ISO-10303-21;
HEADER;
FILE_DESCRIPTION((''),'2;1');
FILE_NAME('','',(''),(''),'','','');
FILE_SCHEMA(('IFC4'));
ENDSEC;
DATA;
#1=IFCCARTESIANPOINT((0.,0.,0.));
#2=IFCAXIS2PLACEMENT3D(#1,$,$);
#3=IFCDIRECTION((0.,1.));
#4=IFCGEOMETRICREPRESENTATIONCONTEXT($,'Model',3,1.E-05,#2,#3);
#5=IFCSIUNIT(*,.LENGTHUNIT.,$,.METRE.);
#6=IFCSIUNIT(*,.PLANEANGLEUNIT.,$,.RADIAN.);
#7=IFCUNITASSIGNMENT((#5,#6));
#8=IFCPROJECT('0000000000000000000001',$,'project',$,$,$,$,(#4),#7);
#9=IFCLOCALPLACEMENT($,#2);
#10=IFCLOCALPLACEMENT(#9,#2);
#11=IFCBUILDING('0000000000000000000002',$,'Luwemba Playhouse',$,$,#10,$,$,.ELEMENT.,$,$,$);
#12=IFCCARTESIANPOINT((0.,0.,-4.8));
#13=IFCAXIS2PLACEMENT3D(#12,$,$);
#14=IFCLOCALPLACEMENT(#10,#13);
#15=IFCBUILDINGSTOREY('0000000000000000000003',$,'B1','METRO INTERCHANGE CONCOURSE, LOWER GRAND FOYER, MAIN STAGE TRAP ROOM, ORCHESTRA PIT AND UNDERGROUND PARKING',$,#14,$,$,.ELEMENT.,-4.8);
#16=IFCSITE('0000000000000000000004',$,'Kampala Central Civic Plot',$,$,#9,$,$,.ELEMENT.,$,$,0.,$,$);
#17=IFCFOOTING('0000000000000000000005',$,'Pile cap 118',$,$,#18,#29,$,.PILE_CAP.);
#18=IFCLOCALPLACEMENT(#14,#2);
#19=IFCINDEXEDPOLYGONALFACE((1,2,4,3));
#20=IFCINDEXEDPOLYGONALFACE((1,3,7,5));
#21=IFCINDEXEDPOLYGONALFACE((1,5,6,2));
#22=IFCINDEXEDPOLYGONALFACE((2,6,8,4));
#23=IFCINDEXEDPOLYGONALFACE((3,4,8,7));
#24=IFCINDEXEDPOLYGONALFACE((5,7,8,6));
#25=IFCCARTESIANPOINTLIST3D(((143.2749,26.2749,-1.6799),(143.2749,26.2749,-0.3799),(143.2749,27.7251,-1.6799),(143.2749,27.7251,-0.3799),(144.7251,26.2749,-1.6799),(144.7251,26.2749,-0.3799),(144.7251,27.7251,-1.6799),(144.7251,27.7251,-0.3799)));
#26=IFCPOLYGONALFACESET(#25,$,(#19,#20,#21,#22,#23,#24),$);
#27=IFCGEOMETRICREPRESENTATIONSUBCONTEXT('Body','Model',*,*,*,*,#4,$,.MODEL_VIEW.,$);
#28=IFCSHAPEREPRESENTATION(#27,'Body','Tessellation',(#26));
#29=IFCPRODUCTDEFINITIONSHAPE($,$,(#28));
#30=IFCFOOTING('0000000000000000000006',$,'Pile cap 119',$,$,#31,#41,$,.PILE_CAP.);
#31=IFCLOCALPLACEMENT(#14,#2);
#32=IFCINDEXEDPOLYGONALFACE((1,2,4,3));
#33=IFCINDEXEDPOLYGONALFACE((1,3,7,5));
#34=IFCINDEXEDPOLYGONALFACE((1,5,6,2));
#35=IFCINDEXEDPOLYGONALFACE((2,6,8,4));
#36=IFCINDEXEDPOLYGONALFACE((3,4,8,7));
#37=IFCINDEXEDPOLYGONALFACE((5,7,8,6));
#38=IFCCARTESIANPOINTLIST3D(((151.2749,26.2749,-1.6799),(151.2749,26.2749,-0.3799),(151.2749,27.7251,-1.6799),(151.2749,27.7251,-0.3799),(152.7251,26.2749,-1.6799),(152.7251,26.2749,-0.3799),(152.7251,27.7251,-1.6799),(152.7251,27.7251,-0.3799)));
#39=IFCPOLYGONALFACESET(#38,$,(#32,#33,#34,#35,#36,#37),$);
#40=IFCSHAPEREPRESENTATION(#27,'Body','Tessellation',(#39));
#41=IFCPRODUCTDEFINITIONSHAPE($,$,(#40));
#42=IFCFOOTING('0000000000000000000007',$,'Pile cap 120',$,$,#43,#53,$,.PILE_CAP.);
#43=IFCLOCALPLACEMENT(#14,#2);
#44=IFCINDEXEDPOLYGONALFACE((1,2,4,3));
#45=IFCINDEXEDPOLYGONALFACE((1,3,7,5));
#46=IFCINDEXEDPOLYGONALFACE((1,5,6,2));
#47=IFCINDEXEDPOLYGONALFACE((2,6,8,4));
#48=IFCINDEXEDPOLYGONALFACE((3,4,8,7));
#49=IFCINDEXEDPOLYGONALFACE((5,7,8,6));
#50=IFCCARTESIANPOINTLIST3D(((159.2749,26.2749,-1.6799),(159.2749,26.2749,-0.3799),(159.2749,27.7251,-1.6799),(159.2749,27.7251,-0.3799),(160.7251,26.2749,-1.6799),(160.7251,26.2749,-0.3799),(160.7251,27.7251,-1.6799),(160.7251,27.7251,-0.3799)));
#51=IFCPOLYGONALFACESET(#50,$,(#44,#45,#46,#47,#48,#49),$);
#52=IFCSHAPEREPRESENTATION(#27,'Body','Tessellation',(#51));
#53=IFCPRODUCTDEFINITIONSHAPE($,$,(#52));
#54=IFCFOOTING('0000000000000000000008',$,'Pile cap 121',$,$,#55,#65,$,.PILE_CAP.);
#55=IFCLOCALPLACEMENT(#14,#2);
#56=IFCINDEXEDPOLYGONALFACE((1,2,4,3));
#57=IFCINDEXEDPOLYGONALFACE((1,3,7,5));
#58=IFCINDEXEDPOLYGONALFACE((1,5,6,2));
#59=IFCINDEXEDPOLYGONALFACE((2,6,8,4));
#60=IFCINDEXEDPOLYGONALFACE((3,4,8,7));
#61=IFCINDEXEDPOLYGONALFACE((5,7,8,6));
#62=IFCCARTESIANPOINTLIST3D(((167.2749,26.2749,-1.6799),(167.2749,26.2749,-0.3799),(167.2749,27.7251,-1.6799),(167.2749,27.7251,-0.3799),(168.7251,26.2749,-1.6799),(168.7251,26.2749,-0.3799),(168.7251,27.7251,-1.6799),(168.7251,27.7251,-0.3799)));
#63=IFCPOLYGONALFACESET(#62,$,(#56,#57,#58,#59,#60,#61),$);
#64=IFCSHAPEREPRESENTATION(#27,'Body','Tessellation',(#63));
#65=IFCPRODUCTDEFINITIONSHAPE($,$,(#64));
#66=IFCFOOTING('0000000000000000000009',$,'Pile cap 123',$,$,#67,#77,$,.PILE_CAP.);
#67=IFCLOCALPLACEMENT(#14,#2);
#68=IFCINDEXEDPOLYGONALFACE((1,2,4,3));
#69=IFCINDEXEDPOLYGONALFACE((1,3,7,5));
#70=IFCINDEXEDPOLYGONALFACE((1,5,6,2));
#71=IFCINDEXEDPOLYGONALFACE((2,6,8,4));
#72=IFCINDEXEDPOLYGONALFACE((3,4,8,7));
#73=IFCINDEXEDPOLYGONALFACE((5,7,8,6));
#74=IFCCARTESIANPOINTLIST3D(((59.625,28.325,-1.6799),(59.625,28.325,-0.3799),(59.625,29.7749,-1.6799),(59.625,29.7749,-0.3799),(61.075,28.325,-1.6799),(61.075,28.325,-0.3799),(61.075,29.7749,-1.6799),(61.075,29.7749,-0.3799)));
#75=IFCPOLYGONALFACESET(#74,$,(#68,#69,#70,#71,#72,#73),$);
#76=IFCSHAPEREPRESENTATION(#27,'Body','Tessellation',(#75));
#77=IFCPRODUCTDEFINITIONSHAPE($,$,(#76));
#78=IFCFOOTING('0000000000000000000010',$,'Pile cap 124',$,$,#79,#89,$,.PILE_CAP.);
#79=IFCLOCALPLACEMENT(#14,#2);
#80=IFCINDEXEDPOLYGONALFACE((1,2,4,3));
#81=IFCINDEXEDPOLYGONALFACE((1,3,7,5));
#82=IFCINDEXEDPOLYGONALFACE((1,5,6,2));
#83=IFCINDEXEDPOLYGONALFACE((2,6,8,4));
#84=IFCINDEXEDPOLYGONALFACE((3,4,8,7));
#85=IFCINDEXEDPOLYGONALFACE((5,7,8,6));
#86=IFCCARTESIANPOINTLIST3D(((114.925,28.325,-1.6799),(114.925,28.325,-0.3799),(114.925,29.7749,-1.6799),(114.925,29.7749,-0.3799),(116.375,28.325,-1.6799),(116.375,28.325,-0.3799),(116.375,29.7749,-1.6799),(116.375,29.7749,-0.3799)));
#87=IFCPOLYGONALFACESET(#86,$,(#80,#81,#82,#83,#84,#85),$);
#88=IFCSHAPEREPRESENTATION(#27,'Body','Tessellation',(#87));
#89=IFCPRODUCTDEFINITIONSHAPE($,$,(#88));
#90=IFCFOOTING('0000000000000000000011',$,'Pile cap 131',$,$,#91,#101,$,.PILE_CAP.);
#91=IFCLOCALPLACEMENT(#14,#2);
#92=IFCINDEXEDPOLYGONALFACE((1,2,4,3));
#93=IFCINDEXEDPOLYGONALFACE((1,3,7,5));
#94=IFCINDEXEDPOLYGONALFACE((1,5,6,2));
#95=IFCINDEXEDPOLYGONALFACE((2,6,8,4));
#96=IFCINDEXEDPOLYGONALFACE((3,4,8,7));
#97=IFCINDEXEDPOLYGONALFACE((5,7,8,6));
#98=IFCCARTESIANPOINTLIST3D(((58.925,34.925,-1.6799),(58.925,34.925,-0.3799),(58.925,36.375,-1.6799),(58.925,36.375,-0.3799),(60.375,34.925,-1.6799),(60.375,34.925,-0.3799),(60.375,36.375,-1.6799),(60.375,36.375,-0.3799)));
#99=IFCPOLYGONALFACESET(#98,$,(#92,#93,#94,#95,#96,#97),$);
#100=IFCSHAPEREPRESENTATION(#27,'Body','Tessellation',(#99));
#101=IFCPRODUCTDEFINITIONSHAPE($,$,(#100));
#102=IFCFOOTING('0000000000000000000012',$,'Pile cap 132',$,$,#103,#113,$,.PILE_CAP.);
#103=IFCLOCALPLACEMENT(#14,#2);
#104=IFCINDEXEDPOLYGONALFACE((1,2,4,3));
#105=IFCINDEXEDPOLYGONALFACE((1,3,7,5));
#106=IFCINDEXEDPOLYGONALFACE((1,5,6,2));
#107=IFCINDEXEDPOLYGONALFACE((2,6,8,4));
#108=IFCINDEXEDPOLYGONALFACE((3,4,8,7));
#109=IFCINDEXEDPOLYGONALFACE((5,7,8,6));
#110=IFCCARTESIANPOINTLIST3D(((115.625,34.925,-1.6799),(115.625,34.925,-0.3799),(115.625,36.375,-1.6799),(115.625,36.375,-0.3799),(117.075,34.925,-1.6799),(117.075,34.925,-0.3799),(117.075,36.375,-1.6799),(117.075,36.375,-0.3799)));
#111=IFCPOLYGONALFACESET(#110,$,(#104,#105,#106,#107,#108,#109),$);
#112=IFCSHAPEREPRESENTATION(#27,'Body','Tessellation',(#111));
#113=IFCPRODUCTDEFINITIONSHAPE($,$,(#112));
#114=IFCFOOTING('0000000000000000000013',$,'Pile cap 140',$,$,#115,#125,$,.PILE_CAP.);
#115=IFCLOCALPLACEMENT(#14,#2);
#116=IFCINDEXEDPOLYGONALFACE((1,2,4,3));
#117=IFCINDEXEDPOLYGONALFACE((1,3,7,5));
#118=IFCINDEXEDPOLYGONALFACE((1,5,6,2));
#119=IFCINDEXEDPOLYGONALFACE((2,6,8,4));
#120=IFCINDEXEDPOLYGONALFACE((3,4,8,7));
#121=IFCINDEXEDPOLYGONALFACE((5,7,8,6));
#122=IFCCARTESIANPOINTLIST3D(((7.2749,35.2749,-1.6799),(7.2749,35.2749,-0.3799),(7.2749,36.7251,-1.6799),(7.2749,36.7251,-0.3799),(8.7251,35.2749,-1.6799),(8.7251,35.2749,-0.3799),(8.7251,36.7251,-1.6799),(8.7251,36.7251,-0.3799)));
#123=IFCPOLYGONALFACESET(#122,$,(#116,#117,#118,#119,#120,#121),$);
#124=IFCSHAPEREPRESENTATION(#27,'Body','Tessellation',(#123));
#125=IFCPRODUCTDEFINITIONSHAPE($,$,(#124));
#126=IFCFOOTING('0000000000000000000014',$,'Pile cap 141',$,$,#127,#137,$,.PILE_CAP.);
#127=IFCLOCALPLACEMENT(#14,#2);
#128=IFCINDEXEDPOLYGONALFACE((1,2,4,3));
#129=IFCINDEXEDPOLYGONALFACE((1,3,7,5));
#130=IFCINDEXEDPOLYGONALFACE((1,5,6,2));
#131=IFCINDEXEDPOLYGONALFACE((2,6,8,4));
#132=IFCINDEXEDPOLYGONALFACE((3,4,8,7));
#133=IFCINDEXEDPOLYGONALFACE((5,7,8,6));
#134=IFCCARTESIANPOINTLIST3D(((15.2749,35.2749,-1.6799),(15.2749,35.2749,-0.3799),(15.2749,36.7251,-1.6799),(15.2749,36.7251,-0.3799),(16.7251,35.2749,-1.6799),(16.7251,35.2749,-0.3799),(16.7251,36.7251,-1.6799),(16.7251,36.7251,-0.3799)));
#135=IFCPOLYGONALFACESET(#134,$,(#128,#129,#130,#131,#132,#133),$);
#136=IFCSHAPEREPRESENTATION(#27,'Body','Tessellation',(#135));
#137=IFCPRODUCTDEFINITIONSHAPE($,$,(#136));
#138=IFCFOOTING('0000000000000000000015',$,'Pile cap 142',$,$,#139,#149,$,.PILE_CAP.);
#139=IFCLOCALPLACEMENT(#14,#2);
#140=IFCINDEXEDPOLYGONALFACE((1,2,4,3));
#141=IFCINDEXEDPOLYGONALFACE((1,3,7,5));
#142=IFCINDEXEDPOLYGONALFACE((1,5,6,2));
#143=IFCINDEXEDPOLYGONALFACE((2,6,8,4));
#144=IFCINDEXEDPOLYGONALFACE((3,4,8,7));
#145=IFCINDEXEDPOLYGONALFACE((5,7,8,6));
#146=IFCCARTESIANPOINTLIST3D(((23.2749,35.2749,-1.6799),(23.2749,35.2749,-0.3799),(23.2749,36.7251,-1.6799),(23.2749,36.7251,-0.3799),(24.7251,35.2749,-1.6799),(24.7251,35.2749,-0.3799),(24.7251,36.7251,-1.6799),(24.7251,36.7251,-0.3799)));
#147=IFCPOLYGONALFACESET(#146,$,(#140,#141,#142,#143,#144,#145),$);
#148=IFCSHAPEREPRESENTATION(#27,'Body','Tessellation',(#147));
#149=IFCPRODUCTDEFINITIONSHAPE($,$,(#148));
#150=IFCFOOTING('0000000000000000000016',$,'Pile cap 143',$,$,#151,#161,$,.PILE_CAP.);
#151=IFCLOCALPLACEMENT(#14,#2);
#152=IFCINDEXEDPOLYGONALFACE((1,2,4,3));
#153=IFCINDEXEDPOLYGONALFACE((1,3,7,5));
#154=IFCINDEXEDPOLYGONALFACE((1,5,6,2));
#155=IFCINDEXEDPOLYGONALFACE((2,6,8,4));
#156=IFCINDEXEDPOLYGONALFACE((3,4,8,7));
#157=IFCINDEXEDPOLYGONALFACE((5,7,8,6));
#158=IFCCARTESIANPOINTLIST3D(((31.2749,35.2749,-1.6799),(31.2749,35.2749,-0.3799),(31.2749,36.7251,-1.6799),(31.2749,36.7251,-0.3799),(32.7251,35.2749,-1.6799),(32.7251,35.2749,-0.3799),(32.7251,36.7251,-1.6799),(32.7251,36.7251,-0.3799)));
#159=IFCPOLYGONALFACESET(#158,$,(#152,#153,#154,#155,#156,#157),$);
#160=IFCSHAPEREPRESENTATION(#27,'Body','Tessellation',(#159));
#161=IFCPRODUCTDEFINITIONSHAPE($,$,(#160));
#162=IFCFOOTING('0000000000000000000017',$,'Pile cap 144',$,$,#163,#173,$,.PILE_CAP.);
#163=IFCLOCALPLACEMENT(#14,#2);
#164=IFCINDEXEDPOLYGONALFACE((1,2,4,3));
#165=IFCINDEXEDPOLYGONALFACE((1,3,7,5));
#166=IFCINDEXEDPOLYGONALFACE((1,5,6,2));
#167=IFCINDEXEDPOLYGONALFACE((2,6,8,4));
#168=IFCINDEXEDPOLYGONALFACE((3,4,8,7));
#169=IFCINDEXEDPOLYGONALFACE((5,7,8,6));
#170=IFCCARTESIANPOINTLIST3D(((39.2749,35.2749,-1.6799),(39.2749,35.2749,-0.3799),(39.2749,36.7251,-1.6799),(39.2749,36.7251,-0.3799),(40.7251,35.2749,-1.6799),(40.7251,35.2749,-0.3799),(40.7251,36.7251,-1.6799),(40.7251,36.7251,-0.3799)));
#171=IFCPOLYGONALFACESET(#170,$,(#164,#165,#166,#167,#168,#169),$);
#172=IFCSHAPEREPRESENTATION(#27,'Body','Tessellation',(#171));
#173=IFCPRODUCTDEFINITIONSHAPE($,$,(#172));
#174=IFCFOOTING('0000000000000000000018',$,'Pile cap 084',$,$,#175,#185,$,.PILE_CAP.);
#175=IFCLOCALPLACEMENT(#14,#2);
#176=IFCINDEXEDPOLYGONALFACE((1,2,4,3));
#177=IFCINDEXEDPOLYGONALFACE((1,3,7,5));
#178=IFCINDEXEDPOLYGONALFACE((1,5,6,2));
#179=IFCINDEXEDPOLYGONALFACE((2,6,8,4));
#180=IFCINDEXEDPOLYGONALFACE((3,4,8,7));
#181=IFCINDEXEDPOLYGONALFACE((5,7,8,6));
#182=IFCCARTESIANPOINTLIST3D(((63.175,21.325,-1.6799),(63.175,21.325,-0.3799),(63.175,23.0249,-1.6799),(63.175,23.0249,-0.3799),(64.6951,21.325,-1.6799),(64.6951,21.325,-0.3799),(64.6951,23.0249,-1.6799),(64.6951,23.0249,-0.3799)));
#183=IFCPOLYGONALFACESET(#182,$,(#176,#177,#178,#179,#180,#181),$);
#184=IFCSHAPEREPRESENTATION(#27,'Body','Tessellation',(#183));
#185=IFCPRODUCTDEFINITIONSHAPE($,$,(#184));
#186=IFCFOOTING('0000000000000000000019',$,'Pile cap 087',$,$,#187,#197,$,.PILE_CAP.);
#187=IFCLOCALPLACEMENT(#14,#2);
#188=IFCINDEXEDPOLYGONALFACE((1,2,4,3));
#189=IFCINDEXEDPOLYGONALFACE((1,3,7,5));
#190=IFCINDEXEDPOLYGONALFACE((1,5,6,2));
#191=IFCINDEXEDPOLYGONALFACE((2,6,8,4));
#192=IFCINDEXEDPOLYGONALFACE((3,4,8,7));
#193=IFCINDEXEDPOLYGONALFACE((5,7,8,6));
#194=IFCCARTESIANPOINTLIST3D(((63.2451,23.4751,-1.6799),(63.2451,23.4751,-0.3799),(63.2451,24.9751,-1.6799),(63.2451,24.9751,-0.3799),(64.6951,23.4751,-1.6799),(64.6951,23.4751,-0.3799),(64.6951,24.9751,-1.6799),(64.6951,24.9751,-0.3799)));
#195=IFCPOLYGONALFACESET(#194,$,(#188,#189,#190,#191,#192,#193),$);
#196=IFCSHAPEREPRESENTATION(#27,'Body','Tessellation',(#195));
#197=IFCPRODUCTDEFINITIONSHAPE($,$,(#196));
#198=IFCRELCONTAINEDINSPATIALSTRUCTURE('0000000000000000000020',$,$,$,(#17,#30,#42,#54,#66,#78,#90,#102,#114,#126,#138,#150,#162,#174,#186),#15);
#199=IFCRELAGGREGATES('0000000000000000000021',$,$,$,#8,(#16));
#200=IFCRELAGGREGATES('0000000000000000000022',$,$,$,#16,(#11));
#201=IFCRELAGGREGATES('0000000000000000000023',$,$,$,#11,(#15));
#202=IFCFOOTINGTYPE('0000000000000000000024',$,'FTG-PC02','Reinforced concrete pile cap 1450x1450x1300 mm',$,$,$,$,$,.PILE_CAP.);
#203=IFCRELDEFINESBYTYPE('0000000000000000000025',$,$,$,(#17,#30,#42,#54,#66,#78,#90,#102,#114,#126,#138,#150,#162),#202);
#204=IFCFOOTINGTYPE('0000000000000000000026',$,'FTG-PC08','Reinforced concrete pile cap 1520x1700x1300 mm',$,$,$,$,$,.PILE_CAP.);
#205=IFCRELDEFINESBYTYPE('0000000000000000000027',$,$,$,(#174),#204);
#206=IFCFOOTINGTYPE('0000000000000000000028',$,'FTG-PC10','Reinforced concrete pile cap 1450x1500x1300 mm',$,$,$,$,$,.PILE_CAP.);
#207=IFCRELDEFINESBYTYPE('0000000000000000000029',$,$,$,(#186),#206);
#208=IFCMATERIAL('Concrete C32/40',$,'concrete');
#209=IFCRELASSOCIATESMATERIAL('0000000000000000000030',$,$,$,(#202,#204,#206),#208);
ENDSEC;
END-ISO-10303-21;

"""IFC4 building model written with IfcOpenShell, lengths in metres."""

from ifc_helpers import new_model, si_unit, direction, frame, origin, place, context, subcontext, project, spatial, polyline, outline, extrude, material, type_object, element, save


model = new_model("IFC4")

# Units and contexts
model_context = context("Model", 3, precision=1e-05, world=origin(), true_north=direction((0.0, 1.0)))
body_context = subcontext(model_context, "Body", "Model", "MODEL_VIEW")
ifc_project = project(units=[si_unit("LENGTHUNIT", "METRE"), si_unit("PLANEANGLEUNIT", "RADIAN")], contexts=[model_context])

# Site, building, storey
site_placement = place(None, origin())
site = spatial("IfcSite", under=ifc_project, at=site_placement, Name="Kampala Central Civic Plot", CompositionType="ELEMENT", RefElevation=0.0)
building_placement = place(site_placement, origin())
building = spatial("IfcBuilding", under=site, at=building_placement, Name="Luwemba Playhouse", CompositionType="ELEMENT")
storey_placement = place(building_placement, frame((0.0, 0.0, -4.8)))
storey = spatial("IfcBuildingStorey", under=building, at=storey_placement, Name="B1", Description="METRO INTERCHANGE CONCOURSE, LOWER GRAND FOYER, MAIN STAGE TRAP ROOM, ORCHESTRA PIT AND UNDERGROUND PARKING", CompositionType="ELEMENT", Elevation=-4.8)

# Footings
ifc_material = material(Name="Concrete C32/40", Category="concrete")
footing_type_1 = type_object("IfcFootingType", Name="FTG-PC02", Description="Reinforced concrete pile cap 1450x1450x1300 mm", PredefinedType="PILE_CAP", material=ifc_material)
footing_1_placement = place(storey_placement, frame((0.0, 0.0, -1.6799)))
element("IfcFooting", 1, at=footing_1_placement, inside=storey, type_object=footing_type_1, Name="Pile cap 118", PredefinedType="PILE_CAP", context=body_context, shape_type="SweptSolid", body=[
    extrude(outline(polyline([(143.2749, 26.2749), (144.7251, 26.2749), (144.7251, 27.7251), (143.2749, 27.7251), (143.2749, 26.2749)])), origin(), (0.0, 0.0, 1.0), 1.3),
])
footing_2_placement = place(storey_placement, frame((0.0, 0.0, -1.6799)))
element("IfcFooting", 2, at=footing_2_placement, inside=storey, type_object=footing_type_1, Name="Pile cap 119", PredefinedType="PILE_CAP", context=body_context, shape_type="SweptSolid", body=[
    extrude(outline(polyline([(151.2749, 26.2749), (152.7251, 26.2749), (152.7251, 27.7251), (151.2749, 27.7251), (151.2749, 26.2749)])), origin(), (0.0, 0.0, 1.0), 1.3),
])
footing_3_placement = place(storey_placement, frame((0.0, 0.0, -1.6799)))
element("IfcFooting", 3, at=footing_3_placement, inside=storey, type_object=footing_type_1, Name="Pile cap 120", PredefinedType="PILE_CAP", context=body_context, shape_type="SweptSolid", body=[
    extrude(outline(polyline([(159.2749, 26.2749), (160.7251, 26.2749), (160.7251, 27.7251), (159.2749, 27.7251), (159.2749, 26.2749)])), origin(), (0.0, 0.0, 1.0), 1.3),
])
footing_4_placement = place(storey_placement, frame((0.0, 0.0, -1.6799)))
element("IfcFooting", 4, at=footing_4_placement, inside=storey, type_object=footing_type_1, Name="Pile cap 121", PredefinedType="PILE_CAP", context=body_context, shape_type="SweptSolid", body=[
    extrude(outline(polyline([(167.2749, 26.2749), (168.7251, 26.2749), (168.7251, 27.7251), (167.2749, 27.7251), (167.2749, 26.2749)])), origin(), (0.0, 0.0, 1.0), 1.3),
])
footing_5_placement = place(storey_placement, frame((0.0, 0.0, -1.6799)))
element("IfcFooting", 5, at=footing_5_placement, inside=storey, type_object=footing_type_1, Name="Pile cap 123", PredefinedType="PILE_CAP", context=body_context, shape_type="SweptSolid", body=[
    extrude(outline(polyline([(59.625, 28.325), (61.075, 28.325), (61.075, 29.7749), (59.625, 29.7749), (59.625, 28.325)])), origin(), (0.0, 0.0, 1.0), 1.3),
])
footing_6_placement = place(storey_placement, frame((0.0, 0.0, -1.6799)))
element("IfcFooting", 6, at=footing_6_placement, inside=storey, type_object=footing_type_1, Name="Pile cap 124", PredefinedType="PILE_CAP", context=body_context, shape_type="SweptSolid", body=[
    extrude(outline(polyline([(114.925, 28.325), (116.375, 28.325), (116.375, 29.7749), (114.925, 29.7749), (114.925, 28.325)])), origin(), (0.0, 0.0, 1.0), 1.3),
])
footing_7_placement = place(storey_placement, frame((0.0, 0.0, -1.6799)))
element("IfcFooting", 7, at=footing_7_placement, inside=storey, type_object=footing_type_1, Name="Pile cap 131", PredefinedType="PILE_CAP", context=body_context, shape_type="SweptSolid", body=[
    extrude(outline(polyline([(58.925, 34.925), (60.375, 34.925), (60.375, 36.375), (58.925, 36.375), (58.925, 34.925)])), origin(), (0.0, 0.0, 1.0), 1.3),
])
footing_8_placement = place(storey_placement, frame((0.0, 0.0, -1.6799)))
element("IfcFooting", 8, at=footing_8_placement, inside=storey, type_object=footing_type_1, Name="Pile cap 132", PredefinedType="PILE_CAP", context=body_context, shape_type="SweptSolid", body=[
    extrude(outline(polyline([(115.625, 34.925), (117.075, 34.925), (117.075, 36.375), (115.625, 36.375), (115.625, 34.925)])), origin(), (0.0, 0.0, 1.0), 1.3),
])
footing_9_placement = place(storey_placement, frame((0.0, 0.0, -1.6799)))
element("IfcFooting", 9, at=footing_9_placement, inside=storey, type_object=footing_type_1, Name="Pile cap 140", PredefinedType="PILE_CAP", context=body_context, shape_type="SweptSolid", body=[
    extrude(outline(polyline([(7.2749, 35.2749), (8.7251, 35.2749), (8.7251, 36.7251), (7.2749, 36.7251), (7.2749, 35.2749)])), origin(), (0.0, 0.0, 1.0), 1.3),
])
footing_10_placement = place(storey_placement, frame((0.0, 0.0, -1.6799)))
element("IfcFooting", 10, at=footing_10_placement, inside=storey, type_object=footing_type_1, Name="Pile cap 141", PredefinedType="PILE_CAP", context=body_context, shape_type="SweptSolid", body=[
    extrude(outline(polyline([(15.2749, 35.2749), (16.7251, 35.2749), (16.7251, 36.7251), (15.2749, 36.7251), (15.2749, 35.2749)])), origin(), (0.0, 0.0, 1.0), 1.3),
])
footing_11_placement = place(storey_placement, frame((0.0, 0.0, -1.6799)))
element("IfcFooting", 11, at=footing_11_placement, inside=storey, type_object=footing_type_1, Name="Pile cap 142", PredefinedType="PILE_CAP", context=body_context, shape_type="SweptSolid", body=[
    extrude(outline(polyline([(23.2749, 35.2749), (24.7251, 35.2749), (24.7251, 36.7251), (23.2749, 36.7251), (23.2749, 35.2749)])), origin(), (0.0, 0.0, 1.0), 1.3),
])
footing_12_placement = place(storey_placement, frame((0.0, 0.0, -1.6799)))
element("IfcFooting", 12, at=footing_12_placement, inside=storey, type_object=footing_type_1, Name="Pile cap 143", PredefinedType="PILE_CAP", context=body_context, shape_type="SweptSolid", body=[
    extrude(outline(polyline([(31.2749, 35.2749), (32.7251, 35.2749), (32.7251, 36.7251), (31.2749, 36.7251), (31.2749, 35.2749)])), origin(), (0.0, 0.0, 1.0), 1.3),
])
footing_13_placement = place(storey_placement, frame((0.0, 0.0, -1.6799)))
element("IfcFooting", 13, at=footing_13_placement, inside=storey, type_object=footing_type_1, Name="Pile cap 144", PredefinedType="PILE_CAP", context=body_context, shape_type="SweptSolid", body=[
    extrude(outline(polyline([(39.2749, 35.2749), (40.7251, 35.2749), (40.7251, 36.7251), (39.2749, 36.7251), (39.2749, 35.2749)])), origin(), (0.0, 0.0, 1.0), 1.3),
])
footing_type_2 = type_object("IfcFootingType", Name="FTG-PC08", Description="Reinforced concrete pile cap 1520x1700x1300 mm", PredefinedType="PILE_CAP", material=ifc_material)
footing_14_placement = place(storey_placement, frame((0.0, 0.0, -1.6799)))
element("IfcFooting", 14, at=footing_14_placement, inside=storey, type_object=footing_type_2, Name="Pile cap 084", PredefinedType="PILE_CAP", context=body_context, shape_type="SweptSolid", body=[
    extrude(outline(polyline([(63.175, 21.325), (64.6951, 21.325), (64.6951, 23.0249), (63.175, 23.0249), (63.175, 21.325)])), origin(), (0.0, 0.0, 1.0), 1.3),
])
footing_type_3 = type_object("IfcFootingType", Name="FTG-PC10", Description="Reinforced concrete pile cap 1450x1500x1300 mm", PredefinedType="PILE_CAP", material=ifc_material)
footing_15_placement = place(storey_placement, frame((0.0, 0.0, -1.6799)))
element("IfcFooting", 15, at=footing_15_placement, inside=storey, type_object=footing_type_3, Name="Pile cap 087", PredefinedType="PILE_CAP", context=body_context, shape_type="SweptSolid", body=[
    extrude(outline(polyline([(63.2451, 23.4751), (64.6951, 23.4751), (64.6951, 24.9751), (63.2451, 24.9751), (63.2451, 23.4751)])), origin(), (0.0, 0.0, 1.0), 1.3),
])

save(model, "model.ifc")
